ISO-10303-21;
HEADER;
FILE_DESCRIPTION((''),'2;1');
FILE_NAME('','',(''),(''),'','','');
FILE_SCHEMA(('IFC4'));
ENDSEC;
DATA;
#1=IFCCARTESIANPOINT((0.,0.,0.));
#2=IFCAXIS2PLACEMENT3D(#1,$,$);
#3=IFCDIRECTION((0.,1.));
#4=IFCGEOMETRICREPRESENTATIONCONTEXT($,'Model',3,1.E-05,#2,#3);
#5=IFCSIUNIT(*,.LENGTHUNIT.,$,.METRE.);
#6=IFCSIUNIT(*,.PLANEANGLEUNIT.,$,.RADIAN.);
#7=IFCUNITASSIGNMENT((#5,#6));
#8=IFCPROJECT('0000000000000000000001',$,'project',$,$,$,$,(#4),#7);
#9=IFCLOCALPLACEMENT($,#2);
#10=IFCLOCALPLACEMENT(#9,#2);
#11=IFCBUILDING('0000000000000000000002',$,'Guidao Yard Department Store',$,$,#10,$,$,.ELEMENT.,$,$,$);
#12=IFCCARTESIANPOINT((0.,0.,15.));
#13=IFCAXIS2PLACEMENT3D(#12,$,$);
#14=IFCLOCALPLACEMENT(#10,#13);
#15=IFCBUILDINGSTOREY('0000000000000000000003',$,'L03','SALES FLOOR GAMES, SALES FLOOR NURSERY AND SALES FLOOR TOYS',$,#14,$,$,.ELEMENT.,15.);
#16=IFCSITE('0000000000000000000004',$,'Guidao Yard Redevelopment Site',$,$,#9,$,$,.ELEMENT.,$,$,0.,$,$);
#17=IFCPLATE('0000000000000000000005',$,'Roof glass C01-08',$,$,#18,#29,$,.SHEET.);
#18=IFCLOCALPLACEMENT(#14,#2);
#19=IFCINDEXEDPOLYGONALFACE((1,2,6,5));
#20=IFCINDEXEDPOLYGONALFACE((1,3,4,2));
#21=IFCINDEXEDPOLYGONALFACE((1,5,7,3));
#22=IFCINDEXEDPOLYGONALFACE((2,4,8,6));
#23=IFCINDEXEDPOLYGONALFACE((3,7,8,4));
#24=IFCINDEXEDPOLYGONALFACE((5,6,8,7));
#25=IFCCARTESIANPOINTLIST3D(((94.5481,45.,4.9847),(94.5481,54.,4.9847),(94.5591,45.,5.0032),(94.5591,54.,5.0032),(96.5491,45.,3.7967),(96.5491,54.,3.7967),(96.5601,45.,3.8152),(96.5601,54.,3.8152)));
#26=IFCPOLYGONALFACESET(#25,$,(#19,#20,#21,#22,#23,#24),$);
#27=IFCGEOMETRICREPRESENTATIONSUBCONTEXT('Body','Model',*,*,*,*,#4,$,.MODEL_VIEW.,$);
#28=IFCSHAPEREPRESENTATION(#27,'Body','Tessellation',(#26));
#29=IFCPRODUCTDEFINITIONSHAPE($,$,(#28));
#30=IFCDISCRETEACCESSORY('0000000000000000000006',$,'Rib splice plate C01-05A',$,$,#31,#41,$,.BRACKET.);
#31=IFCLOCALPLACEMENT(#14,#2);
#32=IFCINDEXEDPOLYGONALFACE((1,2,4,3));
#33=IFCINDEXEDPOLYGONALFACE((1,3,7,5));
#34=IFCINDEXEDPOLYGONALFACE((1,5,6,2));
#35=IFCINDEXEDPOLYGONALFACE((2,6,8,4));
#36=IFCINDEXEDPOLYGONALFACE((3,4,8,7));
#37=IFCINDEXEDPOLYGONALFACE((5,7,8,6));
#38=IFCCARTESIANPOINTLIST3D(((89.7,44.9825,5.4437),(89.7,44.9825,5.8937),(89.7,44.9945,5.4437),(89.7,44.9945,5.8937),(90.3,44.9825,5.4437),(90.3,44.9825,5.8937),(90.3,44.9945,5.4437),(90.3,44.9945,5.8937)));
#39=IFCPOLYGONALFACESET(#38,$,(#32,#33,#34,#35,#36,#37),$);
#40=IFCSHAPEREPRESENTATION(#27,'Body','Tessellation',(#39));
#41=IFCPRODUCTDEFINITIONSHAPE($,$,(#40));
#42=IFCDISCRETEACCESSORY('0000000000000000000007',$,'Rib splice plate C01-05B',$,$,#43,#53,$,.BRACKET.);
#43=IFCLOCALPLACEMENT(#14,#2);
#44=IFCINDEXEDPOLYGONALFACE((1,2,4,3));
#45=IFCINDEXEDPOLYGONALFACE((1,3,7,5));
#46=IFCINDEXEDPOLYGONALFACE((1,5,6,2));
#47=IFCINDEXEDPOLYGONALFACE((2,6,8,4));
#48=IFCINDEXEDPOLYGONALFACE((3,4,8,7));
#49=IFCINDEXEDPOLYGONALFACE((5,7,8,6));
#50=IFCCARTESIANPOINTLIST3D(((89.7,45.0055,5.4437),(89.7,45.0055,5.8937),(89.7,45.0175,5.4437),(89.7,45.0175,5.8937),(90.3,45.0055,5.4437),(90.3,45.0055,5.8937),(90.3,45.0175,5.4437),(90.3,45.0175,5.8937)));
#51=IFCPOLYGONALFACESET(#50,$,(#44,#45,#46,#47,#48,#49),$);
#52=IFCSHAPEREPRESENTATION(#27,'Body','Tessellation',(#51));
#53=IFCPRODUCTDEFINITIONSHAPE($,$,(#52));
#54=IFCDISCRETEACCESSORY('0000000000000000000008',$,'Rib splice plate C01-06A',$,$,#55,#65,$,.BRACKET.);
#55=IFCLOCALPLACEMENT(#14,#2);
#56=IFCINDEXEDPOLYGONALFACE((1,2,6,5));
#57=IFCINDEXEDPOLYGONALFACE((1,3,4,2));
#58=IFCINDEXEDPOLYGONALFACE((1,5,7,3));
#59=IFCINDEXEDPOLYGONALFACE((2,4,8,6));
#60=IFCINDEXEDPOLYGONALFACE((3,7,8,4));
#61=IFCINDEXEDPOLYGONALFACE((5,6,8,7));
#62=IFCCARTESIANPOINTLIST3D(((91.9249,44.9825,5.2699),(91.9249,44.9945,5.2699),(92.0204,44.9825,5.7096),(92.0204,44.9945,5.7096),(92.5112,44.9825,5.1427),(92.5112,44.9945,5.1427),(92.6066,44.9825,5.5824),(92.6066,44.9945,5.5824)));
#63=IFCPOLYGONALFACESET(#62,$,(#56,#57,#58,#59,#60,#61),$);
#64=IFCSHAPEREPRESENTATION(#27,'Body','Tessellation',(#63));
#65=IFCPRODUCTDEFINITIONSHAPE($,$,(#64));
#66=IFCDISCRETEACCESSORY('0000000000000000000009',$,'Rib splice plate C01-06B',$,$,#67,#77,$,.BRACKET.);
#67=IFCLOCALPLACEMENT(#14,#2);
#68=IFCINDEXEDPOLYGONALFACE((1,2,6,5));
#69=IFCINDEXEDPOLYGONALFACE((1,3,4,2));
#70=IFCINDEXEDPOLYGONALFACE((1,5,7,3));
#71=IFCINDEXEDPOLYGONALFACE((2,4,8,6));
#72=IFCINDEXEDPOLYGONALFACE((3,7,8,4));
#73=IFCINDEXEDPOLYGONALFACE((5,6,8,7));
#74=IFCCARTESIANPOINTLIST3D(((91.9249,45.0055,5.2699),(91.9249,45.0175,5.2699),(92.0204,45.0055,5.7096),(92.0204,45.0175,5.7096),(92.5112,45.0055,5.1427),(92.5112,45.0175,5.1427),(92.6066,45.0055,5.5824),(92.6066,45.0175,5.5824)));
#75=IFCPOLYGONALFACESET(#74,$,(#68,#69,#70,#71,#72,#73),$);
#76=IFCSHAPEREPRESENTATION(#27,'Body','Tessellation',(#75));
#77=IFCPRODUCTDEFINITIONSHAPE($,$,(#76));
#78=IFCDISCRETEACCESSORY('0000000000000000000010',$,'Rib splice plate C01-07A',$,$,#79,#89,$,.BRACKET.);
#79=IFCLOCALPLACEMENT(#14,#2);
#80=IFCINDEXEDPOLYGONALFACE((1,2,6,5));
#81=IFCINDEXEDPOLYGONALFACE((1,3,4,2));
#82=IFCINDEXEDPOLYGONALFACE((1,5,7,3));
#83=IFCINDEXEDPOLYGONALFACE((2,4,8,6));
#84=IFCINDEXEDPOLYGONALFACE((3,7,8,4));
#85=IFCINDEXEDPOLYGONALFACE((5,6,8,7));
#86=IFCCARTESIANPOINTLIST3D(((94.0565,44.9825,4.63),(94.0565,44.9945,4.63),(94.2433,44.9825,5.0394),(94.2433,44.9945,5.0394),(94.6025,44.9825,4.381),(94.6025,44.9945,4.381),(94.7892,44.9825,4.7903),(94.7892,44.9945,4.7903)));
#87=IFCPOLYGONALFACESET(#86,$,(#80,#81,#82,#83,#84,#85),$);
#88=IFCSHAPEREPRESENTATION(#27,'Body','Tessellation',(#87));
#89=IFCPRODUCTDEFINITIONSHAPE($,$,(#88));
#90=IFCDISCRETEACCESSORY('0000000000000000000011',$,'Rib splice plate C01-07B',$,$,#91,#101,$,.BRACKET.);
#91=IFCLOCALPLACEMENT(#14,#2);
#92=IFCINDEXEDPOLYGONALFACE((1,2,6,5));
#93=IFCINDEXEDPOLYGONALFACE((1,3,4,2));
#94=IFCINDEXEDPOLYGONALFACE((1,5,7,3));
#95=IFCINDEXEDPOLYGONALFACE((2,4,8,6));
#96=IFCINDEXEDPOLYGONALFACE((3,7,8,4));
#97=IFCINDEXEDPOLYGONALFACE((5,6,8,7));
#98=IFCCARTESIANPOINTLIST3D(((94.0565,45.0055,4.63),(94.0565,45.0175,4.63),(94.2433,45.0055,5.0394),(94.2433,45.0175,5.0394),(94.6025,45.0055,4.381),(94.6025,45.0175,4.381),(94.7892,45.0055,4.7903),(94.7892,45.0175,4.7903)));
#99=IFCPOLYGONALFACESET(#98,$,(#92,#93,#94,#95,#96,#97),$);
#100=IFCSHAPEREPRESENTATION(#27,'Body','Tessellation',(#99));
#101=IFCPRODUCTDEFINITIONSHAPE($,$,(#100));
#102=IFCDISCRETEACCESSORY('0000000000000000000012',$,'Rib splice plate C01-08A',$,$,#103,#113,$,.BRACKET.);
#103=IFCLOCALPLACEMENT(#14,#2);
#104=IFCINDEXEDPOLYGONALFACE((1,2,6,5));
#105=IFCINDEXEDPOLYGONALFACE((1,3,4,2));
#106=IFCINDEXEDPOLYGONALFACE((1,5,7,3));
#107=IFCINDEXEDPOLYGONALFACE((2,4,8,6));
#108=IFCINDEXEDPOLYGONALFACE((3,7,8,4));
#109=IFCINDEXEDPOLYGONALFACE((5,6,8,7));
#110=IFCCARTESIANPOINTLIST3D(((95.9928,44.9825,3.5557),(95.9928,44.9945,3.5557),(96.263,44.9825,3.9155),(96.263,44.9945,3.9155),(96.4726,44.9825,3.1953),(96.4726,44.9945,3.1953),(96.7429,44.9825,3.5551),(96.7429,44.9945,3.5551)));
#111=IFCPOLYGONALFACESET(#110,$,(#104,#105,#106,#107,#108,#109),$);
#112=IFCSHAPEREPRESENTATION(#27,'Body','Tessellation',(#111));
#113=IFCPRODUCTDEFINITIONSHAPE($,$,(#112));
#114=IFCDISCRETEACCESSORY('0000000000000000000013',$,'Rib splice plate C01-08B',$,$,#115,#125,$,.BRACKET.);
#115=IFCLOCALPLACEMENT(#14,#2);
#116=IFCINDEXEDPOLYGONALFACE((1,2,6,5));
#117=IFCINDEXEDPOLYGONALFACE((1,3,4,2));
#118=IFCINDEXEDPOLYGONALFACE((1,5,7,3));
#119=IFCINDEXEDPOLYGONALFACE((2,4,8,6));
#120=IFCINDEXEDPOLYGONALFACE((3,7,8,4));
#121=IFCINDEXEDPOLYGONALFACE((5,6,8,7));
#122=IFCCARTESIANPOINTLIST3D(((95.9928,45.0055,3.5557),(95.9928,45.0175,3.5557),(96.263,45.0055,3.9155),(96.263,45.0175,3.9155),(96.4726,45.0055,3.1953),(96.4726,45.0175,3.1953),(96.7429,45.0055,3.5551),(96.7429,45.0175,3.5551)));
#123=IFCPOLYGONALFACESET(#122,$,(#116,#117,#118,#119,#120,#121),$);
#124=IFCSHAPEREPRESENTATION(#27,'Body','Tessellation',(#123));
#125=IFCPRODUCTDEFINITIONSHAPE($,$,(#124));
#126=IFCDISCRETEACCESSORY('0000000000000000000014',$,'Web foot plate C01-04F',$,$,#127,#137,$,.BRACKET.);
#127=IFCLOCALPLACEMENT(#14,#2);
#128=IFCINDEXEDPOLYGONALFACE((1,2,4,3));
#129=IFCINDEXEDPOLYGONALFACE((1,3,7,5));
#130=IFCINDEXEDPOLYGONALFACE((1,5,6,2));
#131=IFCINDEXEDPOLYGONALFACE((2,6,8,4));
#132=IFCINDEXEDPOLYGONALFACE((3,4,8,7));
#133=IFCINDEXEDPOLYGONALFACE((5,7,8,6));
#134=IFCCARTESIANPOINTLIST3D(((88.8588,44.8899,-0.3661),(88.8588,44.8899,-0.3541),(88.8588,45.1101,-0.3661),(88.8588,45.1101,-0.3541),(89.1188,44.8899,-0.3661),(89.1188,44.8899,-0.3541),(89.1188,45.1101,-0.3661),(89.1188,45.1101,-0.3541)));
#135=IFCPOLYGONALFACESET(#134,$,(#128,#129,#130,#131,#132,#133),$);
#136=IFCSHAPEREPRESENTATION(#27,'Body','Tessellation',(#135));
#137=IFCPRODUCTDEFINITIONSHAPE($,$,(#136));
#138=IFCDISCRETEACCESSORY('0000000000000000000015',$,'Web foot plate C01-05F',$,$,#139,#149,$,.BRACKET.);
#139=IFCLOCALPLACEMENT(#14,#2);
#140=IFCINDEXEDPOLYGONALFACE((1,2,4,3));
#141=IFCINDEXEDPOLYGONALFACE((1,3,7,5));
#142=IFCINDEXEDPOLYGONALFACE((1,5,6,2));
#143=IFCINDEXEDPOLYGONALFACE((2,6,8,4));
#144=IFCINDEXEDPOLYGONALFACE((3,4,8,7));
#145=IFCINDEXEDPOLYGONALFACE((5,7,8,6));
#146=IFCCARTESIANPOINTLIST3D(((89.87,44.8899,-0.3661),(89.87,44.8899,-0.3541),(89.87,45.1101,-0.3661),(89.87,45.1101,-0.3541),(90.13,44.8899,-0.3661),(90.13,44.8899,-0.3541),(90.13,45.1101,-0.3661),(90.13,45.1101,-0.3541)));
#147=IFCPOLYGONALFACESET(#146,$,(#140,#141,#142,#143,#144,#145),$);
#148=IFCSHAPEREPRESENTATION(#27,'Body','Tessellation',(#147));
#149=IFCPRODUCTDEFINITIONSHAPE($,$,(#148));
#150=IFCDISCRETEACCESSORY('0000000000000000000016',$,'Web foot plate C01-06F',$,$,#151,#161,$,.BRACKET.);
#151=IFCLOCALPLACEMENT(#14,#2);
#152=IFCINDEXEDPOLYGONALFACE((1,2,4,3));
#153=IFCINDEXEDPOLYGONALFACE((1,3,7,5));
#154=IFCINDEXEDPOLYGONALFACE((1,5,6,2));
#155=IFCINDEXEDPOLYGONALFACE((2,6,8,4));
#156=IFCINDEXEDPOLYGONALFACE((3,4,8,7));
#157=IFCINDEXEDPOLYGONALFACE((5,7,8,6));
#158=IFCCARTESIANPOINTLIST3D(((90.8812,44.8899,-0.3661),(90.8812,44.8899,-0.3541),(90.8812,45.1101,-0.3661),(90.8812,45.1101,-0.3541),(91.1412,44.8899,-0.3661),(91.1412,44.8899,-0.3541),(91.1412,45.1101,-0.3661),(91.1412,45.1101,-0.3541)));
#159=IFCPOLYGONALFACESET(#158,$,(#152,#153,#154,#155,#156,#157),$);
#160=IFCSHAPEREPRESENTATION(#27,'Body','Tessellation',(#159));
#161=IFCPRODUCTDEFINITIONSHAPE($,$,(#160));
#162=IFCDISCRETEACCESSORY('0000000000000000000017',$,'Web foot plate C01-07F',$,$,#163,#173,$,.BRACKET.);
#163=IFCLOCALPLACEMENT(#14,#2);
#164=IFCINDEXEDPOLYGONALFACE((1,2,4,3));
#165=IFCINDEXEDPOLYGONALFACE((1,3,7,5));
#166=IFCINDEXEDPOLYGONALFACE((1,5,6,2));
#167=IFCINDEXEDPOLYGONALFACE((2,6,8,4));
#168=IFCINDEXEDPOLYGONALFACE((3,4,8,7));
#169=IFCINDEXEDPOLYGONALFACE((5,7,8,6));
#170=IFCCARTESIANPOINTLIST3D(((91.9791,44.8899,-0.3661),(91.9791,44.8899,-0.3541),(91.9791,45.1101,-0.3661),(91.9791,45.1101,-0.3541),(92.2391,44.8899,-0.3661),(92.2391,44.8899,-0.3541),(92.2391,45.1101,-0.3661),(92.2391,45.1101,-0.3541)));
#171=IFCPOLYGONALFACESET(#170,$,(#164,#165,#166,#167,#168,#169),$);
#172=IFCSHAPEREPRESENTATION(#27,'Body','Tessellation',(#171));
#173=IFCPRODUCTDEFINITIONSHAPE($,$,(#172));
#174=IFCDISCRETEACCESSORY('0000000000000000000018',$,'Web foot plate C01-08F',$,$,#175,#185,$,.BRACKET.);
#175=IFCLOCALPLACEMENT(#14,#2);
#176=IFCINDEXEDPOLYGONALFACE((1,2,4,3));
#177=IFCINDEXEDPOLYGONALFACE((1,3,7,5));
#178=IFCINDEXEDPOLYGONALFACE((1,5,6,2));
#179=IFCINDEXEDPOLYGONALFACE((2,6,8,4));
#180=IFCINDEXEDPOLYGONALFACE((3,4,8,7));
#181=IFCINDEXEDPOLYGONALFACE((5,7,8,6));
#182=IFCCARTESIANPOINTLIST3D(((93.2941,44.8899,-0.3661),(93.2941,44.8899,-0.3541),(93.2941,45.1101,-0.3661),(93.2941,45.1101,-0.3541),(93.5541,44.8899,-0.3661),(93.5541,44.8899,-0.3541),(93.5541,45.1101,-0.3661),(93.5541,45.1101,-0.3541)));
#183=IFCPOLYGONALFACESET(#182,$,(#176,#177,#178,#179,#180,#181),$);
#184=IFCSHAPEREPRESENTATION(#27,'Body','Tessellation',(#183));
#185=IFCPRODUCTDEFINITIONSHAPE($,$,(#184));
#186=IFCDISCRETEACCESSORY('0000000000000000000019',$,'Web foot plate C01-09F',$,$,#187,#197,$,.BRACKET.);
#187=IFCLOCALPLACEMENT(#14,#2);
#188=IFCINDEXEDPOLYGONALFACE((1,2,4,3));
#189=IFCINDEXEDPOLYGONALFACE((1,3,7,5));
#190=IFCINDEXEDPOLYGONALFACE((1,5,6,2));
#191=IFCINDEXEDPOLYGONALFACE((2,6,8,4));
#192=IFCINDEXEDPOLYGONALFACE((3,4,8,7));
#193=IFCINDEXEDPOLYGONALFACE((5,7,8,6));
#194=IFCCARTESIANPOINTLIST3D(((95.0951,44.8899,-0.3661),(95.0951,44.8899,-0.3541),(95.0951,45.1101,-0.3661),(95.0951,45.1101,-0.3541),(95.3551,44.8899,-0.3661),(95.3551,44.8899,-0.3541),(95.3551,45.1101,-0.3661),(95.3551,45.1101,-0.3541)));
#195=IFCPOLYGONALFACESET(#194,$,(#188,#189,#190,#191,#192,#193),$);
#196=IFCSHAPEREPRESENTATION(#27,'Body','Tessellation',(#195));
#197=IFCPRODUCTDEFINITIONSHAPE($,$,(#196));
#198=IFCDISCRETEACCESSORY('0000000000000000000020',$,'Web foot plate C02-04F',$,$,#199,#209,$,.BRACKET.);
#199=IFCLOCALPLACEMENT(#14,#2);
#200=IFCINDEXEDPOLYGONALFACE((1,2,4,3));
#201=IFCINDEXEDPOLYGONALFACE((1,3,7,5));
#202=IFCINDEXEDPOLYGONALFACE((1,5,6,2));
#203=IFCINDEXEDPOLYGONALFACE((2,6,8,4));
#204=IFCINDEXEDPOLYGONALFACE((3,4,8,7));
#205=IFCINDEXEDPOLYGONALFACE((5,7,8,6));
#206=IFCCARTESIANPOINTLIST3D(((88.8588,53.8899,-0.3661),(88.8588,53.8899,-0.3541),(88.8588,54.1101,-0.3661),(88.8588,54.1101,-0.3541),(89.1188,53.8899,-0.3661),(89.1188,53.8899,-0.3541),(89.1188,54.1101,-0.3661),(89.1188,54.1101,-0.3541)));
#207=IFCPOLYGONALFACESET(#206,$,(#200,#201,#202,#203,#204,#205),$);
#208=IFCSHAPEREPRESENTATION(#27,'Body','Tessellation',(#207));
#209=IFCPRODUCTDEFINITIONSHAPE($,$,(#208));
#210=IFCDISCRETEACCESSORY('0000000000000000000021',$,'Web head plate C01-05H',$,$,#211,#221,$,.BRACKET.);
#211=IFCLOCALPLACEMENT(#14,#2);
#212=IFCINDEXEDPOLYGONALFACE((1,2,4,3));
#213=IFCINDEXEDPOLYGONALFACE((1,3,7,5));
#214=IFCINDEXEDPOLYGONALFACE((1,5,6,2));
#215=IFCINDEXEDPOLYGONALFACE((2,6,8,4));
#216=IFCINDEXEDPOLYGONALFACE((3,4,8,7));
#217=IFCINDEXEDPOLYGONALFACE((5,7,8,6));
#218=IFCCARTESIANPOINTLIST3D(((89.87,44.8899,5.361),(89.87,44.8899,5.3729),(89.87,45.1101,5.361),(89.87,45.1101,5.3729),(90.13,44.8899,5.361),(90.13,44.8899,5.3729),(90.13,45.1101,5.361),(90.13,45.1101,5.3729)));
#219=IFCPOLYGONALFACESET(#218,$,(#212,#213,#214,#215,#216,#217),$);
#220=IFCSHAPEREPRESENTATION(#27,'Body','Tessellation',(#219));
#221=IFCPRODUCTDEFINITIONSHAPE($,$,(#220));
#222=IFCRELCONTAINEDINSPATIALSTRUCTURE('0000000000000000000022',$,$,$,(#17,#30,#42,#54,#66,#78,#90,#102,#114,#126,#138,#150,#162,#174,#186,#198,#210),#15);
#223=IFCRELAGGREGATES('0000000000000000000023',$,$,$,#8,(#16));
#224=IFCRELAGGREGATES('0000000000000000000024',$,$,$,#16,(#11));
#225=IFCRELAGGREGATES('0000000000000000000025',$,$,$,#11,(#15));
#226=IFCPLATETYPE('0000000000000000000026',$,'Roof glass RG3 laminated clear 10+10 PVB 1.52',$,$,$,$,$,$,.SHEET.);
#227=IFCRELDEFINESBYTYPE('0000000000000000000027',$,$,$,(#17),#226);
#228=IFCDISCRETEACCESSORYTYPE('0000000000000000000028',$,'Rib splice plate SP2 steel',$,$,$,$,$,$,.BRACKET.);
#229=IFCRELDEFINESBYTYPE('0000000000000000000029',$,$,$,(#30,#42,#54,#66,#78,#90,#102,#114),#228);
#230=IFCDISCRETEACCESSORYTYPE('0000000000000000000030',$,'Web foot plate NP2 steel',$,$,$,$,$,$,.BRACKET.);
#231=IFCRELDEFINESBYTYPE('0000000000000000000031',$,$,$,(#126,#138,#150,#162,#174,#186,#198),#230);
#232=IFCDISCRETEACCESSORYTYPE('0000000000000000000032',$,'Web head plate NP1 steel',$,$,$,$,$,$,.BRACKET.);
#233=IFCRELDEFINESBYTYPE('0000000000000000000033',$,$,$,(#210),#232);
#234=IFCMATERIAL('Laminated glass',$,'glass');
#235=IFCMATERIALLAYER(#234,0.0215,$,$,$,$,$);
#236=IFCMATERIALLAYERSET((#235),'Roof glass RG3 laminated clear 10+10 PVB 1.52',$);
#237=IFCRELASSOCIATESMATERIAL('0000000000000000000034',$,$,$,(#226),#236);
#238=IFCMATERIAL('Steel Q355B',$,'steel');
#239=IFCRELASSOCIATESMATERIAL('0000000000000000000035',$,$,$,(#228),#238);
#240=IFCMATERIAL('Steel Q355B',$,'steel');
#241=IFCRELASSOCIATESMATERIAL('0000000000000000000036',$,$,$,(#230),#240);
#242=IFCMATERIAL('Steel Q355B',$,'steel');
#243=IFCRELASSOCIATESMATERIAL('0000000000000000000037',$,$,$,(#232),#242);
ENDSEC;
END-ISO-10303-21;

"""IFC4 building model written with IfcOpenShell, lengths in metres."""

from ifc_helpers import new_model, si_unit, direction, frame, origin, origin_2d, place, context, subcontext, project, spatial, polyline, rectangle, outline, extrude, material, layer, layer_set, material_profile, profile_set, type_object, element, save


model = new_model("IFC4")

# Units and contexts
model_context = context("Model", 3, precision=1e-05, world=origin(), true_north=direction((0.0, 1.0)))
body_context = subcontext(model_context, "Body", "Model", "MODEL_VIEW")
ifc_project = project(units=[si_unit("LENGTHUNIT", "METRE"), si_unit("PLANEANGLEUNIT", "RADIAN")], contexts=[model_context])

# Site, building, storey
site_placement = place(None, origin())
site = spatial("IfcSite", under=ifc_project, at=site_placement, Name="Guidao Yard Redevelopment Site", CompositionType="ELEMENT", RefElevation=0.0)
building_placement = place(site_placement, origin())
building = spatial("IfcBuilding", under=site, at=building_placement, Name="Guidao Yard Department Store", CompositionType="ELEMENT")
storey_placement = place(building_placement, frame((0.0, 0.0, 15.0)))
storey = spatial("IfcBuildingStorey", under=building, at=storey_placement, Name="L03", Description="SALES FLOOR GAMES, SALES FLOOR NURSERY AND SALES FLOOR TOYS", CompositionType="ELEMENT", Elevation=15.0)

# Plate
ifc_material_1 = material(Name="Laminated glass", Category="glass")
ifc_layer = layer(ifc_material_1, 0.0215)
ifc_layer_set = layer_set([ifc_layer], Name="Roof glass RG3 laminated clear 10+10 PVB 1.52")
plate_type = type_object("IfcPlateType", Name="Roof glass RG3 laminated clear 10+10 PVB 1.52", PredefinedType="SHEET", material=ifc_layer_set)
plate_placement = place(storey_placement, frame((94.5591, 45.0, 5.0032), z_axis=(0.51051, 0.0, 0.859872), x_axis=(0.859872, 0.0, -0.51051)))
element("IfcPlate", 1, at=plate_placement, inside=storey, type_object=plate_type, Name="Roof glass C01-08", PredefinedType="SHEET", context=body_context, shape_type="SweptSolid", body=[
    extrude(outline(polyline([(0.0, 0.0), (2.3271, 0.0), (2.3271, 9.0), (0.0, 9.0), (0.0, 0.0)])), origin(), (0.0, 0.0, -1.0), 0.0215),
])

# Discrete accessories
ifc_material_2 = material(Name="Steel Q355B", Category="steel")
ifc_material_profile_1 = material_profile(ifc_material_2, rectangle(XDim=0.012, YDim=0.45, at=origin_2d()), Name="Splice plate 450x12")
ifc_profile_set_1 = profile_set([ifc_material_profile_1], Name="Steel Q355B")
discrete_accessory_type_1 = type_object("IfcDiscreteAccessoryType", Name="Rib splice plate SP2 steel", PredefinedType="BRACKET", material=ifc_profile_set_1)
for number, where, z_axis, x_axis, name in (
    (2, (89.7, 44.9885, 5.6687), (1.0, 0.0, 0.0), (0.0, 1.0, 0.0), "Rib splice plate C01-05A"),
    (3, (89.7, 45.0115, 5.6687), (1.0, 0.0, 0.0), (0.0, 1.0, 0.0), "Rib splice plate C01-05B"),
):
    element("IfcDiscreteAccessory", number, at=place(storey_placement, frame(where, z_axis=z_axis, x_axis=x_axis)), inside=storey, type_object=discrete_accessory_type_1, Name=name, PredefinedType="BRACKET", context=body_context, shape_type="SweptSolid", body=[
        extrude(rectangle(XDim=0.012, YDim=0.45, at=origin_2d()), origin(), (0.0, 0.0, 1.0), 0.6001),
    ])
for number, where, z_axis, x_axis, name in (
    (4, (91.9727, 44.9885, 5.4897), (0.977257, 0.0, -0.212058), (0.0, 1.0, 0.0), "Rib splice plate C01-06A"),
    (5, (91.9727, 45.0115, 5.4897), (0.977257, 0.0, -0.212058), (0.0, 1.0, 0.0), "Rib splice plate C01-06B"),
):
    element("IfcDiscreteAccessory", number, at=place(storey_placement, frame(where, z_axis=z_axis, x_axis=x_axis)), inside=storey, type_object=discrete_accessory_type_1, Name=name, PredefinedType="BRACKET", context=body_context, shape_type="SweptSolid", body=[
        extrude(rectangle(XDim=0.012, YDim=0.45, at=origin_2d()), origin(), (0.0, 0.0, 1.0), 0.5999),
    ])
for number, where, z_axis, x_axis, name in (
    (6, (94.1499, 44.9885, 4.8347), (0.909808, 0.0, -0.415029), (0.0, 1.0, 0.0), "Rib splice plate C01-07A"),
    (7, (94.1499, 45.0115, 4.8347), (0.909808, 0.0, -0.415029), (0.0, 1.0, 0.0), "Rib splice plate C01-07B"),
    (8, (96.1279, 44.9885, 3.7356), (0.79956, 0.0, -0.600586), (0.0, 1.0, 0.0), "Rib splice plate C01-08A"),
    (9, (96.1279, 45.0115, 3.7356), (0.79956, 0.0, -0.600586), (0.0, 1.0, 0.0), "Rib splice plate C01-08B"),
):
    element("IfcDiscreteAccessory", number, at=place(storey_placement, frame(where, z_axis=z_axis, x_axis=x_axis)), inside=storey, type_object=discrete_accessory_type_1, Name=name, PredefinedType="BRACKET", context=body_context, shape_type="SweptSolid", body=[
        extrude(rectangle(XDim=0.012, YDim=0.45, at=origin_2d()), origin(), (0.0, 0.0, 1.0), 0.6001),
    ])
ifc_material_3 = material(Name="Steel Q355B", Category="steel")
ifc_material_profile_2 = material_profile(ifc_material_3, rectangle(XDim=0.26, YDim=0.012, at=origin_2d()), Name="Node plate 260x12")
ifc_profile_set_2 = profile_set([ifc_material_profile_2], Name="Steel Q355B")
discrete_accessory_type_2 = type_object("IfcDiscreteAccessoryType", Name="Web foot plate NP2 steel", PredefinedType="BRACKET", material=ifc_profile_set_2)
for number, where, z_axis, x_axis, name in (
    (10, (88.9888, 44.8899, -0.3601), (0.0, 1.0, 0.0), (-1.0, 0.0, 0.0), "Web foot plate C01-04F"),
    (11, (90.0, 44.8899, -0.3601), (0.0, 1.0, 0.0), (-1.0, 0.0, 0.0), "Web foot plate C01-05F"),
    (12, (91.0112, 44.8899, -0.3601), (0.0, 1.0, 0.0), (-1.0, 0.0, 0.0), "Web foot plate C01-06F"),
    (13, (92.1091, 44.8899, -0.3601), (0.0, 1.0, 0.0), (-1.0, 0.0, 0.0), "Web foot plate C01-07F"),
    (14, (93.4241, 44.8899, -0.3601), (0.0, 1.0, 0.0), (-1.0, 0.0, 0.0), "Web foot plate C01-08F"),
    (15, (95.2251, 44.8899, -0.3601), (0.0, 1.0, 0.0), (-1.0, 0.0, 0.0), "Web foot plate C01-09F"),
    (16, (88.9888, 53.8899, -0.3601), (0.0, 1.0, 0.0), (-1.0, 0.0, 0.0), "Web foot plate C02-04F"),
):
    element("IfcDiscreteAccessory", number, at=place(storey_placement, frame(where, z_axis=z_axis, x_axis=x_axis)), inside=storey, type_object=discrete_accessory_type_2, Name=name, PredefinedType="BRACKET", context=body_context, shape_type="SweptSolid", body=[
        extrude(rectangle(XDim=0.26, YDim=0.012, at=origin_2d()), origin(), (0.0, 0.0, 1.0), 0.2202),
    ])
ifc_material_4 = material(Name="Steel Q355B", Category="steel")
ifc_material_profile_3 = material_profile(ifc_material_4, rectangle(XDim=0.26, YDim=0.012, at=origin_2d()), Name="Node plate 260x12")
ifc_profile_set_3 = profile_set([ifc_material_profile_3], Name="Steel Q355B")
discrete_accessory_type_3 = type_object("IfcDiscreteAccessoryType", Name="Web head plate NP1 steel", PredefinedType="BRACKET", material=ifc_profile_set_3)
for number, where, z_axis, x_axis, name in (
    (17, (90.0, 44.8899, 5.3669), (0.0, 1.0, 0.0), (-1.0, 0.0, 0.0), "Web head plate C01-05H"),
):
    element("IfcDiscreteAccessory", number, at=place(storey_placement, frame(where, z_axis=z_axis, x_axis=x_axis)), inside=storey, type_object=discrete_accessory_type_3, Name=name, PredefinedType="BRACKET", context=body_context, shape_type="SweptSolid", body=[
        extrude(rectangle(XDim=0.26, YDim=0.012, at=origin_2d()), origin(), (0.0, 0.0, 1.0), 0.2202),
    ])

save(model, "model.ifc")
